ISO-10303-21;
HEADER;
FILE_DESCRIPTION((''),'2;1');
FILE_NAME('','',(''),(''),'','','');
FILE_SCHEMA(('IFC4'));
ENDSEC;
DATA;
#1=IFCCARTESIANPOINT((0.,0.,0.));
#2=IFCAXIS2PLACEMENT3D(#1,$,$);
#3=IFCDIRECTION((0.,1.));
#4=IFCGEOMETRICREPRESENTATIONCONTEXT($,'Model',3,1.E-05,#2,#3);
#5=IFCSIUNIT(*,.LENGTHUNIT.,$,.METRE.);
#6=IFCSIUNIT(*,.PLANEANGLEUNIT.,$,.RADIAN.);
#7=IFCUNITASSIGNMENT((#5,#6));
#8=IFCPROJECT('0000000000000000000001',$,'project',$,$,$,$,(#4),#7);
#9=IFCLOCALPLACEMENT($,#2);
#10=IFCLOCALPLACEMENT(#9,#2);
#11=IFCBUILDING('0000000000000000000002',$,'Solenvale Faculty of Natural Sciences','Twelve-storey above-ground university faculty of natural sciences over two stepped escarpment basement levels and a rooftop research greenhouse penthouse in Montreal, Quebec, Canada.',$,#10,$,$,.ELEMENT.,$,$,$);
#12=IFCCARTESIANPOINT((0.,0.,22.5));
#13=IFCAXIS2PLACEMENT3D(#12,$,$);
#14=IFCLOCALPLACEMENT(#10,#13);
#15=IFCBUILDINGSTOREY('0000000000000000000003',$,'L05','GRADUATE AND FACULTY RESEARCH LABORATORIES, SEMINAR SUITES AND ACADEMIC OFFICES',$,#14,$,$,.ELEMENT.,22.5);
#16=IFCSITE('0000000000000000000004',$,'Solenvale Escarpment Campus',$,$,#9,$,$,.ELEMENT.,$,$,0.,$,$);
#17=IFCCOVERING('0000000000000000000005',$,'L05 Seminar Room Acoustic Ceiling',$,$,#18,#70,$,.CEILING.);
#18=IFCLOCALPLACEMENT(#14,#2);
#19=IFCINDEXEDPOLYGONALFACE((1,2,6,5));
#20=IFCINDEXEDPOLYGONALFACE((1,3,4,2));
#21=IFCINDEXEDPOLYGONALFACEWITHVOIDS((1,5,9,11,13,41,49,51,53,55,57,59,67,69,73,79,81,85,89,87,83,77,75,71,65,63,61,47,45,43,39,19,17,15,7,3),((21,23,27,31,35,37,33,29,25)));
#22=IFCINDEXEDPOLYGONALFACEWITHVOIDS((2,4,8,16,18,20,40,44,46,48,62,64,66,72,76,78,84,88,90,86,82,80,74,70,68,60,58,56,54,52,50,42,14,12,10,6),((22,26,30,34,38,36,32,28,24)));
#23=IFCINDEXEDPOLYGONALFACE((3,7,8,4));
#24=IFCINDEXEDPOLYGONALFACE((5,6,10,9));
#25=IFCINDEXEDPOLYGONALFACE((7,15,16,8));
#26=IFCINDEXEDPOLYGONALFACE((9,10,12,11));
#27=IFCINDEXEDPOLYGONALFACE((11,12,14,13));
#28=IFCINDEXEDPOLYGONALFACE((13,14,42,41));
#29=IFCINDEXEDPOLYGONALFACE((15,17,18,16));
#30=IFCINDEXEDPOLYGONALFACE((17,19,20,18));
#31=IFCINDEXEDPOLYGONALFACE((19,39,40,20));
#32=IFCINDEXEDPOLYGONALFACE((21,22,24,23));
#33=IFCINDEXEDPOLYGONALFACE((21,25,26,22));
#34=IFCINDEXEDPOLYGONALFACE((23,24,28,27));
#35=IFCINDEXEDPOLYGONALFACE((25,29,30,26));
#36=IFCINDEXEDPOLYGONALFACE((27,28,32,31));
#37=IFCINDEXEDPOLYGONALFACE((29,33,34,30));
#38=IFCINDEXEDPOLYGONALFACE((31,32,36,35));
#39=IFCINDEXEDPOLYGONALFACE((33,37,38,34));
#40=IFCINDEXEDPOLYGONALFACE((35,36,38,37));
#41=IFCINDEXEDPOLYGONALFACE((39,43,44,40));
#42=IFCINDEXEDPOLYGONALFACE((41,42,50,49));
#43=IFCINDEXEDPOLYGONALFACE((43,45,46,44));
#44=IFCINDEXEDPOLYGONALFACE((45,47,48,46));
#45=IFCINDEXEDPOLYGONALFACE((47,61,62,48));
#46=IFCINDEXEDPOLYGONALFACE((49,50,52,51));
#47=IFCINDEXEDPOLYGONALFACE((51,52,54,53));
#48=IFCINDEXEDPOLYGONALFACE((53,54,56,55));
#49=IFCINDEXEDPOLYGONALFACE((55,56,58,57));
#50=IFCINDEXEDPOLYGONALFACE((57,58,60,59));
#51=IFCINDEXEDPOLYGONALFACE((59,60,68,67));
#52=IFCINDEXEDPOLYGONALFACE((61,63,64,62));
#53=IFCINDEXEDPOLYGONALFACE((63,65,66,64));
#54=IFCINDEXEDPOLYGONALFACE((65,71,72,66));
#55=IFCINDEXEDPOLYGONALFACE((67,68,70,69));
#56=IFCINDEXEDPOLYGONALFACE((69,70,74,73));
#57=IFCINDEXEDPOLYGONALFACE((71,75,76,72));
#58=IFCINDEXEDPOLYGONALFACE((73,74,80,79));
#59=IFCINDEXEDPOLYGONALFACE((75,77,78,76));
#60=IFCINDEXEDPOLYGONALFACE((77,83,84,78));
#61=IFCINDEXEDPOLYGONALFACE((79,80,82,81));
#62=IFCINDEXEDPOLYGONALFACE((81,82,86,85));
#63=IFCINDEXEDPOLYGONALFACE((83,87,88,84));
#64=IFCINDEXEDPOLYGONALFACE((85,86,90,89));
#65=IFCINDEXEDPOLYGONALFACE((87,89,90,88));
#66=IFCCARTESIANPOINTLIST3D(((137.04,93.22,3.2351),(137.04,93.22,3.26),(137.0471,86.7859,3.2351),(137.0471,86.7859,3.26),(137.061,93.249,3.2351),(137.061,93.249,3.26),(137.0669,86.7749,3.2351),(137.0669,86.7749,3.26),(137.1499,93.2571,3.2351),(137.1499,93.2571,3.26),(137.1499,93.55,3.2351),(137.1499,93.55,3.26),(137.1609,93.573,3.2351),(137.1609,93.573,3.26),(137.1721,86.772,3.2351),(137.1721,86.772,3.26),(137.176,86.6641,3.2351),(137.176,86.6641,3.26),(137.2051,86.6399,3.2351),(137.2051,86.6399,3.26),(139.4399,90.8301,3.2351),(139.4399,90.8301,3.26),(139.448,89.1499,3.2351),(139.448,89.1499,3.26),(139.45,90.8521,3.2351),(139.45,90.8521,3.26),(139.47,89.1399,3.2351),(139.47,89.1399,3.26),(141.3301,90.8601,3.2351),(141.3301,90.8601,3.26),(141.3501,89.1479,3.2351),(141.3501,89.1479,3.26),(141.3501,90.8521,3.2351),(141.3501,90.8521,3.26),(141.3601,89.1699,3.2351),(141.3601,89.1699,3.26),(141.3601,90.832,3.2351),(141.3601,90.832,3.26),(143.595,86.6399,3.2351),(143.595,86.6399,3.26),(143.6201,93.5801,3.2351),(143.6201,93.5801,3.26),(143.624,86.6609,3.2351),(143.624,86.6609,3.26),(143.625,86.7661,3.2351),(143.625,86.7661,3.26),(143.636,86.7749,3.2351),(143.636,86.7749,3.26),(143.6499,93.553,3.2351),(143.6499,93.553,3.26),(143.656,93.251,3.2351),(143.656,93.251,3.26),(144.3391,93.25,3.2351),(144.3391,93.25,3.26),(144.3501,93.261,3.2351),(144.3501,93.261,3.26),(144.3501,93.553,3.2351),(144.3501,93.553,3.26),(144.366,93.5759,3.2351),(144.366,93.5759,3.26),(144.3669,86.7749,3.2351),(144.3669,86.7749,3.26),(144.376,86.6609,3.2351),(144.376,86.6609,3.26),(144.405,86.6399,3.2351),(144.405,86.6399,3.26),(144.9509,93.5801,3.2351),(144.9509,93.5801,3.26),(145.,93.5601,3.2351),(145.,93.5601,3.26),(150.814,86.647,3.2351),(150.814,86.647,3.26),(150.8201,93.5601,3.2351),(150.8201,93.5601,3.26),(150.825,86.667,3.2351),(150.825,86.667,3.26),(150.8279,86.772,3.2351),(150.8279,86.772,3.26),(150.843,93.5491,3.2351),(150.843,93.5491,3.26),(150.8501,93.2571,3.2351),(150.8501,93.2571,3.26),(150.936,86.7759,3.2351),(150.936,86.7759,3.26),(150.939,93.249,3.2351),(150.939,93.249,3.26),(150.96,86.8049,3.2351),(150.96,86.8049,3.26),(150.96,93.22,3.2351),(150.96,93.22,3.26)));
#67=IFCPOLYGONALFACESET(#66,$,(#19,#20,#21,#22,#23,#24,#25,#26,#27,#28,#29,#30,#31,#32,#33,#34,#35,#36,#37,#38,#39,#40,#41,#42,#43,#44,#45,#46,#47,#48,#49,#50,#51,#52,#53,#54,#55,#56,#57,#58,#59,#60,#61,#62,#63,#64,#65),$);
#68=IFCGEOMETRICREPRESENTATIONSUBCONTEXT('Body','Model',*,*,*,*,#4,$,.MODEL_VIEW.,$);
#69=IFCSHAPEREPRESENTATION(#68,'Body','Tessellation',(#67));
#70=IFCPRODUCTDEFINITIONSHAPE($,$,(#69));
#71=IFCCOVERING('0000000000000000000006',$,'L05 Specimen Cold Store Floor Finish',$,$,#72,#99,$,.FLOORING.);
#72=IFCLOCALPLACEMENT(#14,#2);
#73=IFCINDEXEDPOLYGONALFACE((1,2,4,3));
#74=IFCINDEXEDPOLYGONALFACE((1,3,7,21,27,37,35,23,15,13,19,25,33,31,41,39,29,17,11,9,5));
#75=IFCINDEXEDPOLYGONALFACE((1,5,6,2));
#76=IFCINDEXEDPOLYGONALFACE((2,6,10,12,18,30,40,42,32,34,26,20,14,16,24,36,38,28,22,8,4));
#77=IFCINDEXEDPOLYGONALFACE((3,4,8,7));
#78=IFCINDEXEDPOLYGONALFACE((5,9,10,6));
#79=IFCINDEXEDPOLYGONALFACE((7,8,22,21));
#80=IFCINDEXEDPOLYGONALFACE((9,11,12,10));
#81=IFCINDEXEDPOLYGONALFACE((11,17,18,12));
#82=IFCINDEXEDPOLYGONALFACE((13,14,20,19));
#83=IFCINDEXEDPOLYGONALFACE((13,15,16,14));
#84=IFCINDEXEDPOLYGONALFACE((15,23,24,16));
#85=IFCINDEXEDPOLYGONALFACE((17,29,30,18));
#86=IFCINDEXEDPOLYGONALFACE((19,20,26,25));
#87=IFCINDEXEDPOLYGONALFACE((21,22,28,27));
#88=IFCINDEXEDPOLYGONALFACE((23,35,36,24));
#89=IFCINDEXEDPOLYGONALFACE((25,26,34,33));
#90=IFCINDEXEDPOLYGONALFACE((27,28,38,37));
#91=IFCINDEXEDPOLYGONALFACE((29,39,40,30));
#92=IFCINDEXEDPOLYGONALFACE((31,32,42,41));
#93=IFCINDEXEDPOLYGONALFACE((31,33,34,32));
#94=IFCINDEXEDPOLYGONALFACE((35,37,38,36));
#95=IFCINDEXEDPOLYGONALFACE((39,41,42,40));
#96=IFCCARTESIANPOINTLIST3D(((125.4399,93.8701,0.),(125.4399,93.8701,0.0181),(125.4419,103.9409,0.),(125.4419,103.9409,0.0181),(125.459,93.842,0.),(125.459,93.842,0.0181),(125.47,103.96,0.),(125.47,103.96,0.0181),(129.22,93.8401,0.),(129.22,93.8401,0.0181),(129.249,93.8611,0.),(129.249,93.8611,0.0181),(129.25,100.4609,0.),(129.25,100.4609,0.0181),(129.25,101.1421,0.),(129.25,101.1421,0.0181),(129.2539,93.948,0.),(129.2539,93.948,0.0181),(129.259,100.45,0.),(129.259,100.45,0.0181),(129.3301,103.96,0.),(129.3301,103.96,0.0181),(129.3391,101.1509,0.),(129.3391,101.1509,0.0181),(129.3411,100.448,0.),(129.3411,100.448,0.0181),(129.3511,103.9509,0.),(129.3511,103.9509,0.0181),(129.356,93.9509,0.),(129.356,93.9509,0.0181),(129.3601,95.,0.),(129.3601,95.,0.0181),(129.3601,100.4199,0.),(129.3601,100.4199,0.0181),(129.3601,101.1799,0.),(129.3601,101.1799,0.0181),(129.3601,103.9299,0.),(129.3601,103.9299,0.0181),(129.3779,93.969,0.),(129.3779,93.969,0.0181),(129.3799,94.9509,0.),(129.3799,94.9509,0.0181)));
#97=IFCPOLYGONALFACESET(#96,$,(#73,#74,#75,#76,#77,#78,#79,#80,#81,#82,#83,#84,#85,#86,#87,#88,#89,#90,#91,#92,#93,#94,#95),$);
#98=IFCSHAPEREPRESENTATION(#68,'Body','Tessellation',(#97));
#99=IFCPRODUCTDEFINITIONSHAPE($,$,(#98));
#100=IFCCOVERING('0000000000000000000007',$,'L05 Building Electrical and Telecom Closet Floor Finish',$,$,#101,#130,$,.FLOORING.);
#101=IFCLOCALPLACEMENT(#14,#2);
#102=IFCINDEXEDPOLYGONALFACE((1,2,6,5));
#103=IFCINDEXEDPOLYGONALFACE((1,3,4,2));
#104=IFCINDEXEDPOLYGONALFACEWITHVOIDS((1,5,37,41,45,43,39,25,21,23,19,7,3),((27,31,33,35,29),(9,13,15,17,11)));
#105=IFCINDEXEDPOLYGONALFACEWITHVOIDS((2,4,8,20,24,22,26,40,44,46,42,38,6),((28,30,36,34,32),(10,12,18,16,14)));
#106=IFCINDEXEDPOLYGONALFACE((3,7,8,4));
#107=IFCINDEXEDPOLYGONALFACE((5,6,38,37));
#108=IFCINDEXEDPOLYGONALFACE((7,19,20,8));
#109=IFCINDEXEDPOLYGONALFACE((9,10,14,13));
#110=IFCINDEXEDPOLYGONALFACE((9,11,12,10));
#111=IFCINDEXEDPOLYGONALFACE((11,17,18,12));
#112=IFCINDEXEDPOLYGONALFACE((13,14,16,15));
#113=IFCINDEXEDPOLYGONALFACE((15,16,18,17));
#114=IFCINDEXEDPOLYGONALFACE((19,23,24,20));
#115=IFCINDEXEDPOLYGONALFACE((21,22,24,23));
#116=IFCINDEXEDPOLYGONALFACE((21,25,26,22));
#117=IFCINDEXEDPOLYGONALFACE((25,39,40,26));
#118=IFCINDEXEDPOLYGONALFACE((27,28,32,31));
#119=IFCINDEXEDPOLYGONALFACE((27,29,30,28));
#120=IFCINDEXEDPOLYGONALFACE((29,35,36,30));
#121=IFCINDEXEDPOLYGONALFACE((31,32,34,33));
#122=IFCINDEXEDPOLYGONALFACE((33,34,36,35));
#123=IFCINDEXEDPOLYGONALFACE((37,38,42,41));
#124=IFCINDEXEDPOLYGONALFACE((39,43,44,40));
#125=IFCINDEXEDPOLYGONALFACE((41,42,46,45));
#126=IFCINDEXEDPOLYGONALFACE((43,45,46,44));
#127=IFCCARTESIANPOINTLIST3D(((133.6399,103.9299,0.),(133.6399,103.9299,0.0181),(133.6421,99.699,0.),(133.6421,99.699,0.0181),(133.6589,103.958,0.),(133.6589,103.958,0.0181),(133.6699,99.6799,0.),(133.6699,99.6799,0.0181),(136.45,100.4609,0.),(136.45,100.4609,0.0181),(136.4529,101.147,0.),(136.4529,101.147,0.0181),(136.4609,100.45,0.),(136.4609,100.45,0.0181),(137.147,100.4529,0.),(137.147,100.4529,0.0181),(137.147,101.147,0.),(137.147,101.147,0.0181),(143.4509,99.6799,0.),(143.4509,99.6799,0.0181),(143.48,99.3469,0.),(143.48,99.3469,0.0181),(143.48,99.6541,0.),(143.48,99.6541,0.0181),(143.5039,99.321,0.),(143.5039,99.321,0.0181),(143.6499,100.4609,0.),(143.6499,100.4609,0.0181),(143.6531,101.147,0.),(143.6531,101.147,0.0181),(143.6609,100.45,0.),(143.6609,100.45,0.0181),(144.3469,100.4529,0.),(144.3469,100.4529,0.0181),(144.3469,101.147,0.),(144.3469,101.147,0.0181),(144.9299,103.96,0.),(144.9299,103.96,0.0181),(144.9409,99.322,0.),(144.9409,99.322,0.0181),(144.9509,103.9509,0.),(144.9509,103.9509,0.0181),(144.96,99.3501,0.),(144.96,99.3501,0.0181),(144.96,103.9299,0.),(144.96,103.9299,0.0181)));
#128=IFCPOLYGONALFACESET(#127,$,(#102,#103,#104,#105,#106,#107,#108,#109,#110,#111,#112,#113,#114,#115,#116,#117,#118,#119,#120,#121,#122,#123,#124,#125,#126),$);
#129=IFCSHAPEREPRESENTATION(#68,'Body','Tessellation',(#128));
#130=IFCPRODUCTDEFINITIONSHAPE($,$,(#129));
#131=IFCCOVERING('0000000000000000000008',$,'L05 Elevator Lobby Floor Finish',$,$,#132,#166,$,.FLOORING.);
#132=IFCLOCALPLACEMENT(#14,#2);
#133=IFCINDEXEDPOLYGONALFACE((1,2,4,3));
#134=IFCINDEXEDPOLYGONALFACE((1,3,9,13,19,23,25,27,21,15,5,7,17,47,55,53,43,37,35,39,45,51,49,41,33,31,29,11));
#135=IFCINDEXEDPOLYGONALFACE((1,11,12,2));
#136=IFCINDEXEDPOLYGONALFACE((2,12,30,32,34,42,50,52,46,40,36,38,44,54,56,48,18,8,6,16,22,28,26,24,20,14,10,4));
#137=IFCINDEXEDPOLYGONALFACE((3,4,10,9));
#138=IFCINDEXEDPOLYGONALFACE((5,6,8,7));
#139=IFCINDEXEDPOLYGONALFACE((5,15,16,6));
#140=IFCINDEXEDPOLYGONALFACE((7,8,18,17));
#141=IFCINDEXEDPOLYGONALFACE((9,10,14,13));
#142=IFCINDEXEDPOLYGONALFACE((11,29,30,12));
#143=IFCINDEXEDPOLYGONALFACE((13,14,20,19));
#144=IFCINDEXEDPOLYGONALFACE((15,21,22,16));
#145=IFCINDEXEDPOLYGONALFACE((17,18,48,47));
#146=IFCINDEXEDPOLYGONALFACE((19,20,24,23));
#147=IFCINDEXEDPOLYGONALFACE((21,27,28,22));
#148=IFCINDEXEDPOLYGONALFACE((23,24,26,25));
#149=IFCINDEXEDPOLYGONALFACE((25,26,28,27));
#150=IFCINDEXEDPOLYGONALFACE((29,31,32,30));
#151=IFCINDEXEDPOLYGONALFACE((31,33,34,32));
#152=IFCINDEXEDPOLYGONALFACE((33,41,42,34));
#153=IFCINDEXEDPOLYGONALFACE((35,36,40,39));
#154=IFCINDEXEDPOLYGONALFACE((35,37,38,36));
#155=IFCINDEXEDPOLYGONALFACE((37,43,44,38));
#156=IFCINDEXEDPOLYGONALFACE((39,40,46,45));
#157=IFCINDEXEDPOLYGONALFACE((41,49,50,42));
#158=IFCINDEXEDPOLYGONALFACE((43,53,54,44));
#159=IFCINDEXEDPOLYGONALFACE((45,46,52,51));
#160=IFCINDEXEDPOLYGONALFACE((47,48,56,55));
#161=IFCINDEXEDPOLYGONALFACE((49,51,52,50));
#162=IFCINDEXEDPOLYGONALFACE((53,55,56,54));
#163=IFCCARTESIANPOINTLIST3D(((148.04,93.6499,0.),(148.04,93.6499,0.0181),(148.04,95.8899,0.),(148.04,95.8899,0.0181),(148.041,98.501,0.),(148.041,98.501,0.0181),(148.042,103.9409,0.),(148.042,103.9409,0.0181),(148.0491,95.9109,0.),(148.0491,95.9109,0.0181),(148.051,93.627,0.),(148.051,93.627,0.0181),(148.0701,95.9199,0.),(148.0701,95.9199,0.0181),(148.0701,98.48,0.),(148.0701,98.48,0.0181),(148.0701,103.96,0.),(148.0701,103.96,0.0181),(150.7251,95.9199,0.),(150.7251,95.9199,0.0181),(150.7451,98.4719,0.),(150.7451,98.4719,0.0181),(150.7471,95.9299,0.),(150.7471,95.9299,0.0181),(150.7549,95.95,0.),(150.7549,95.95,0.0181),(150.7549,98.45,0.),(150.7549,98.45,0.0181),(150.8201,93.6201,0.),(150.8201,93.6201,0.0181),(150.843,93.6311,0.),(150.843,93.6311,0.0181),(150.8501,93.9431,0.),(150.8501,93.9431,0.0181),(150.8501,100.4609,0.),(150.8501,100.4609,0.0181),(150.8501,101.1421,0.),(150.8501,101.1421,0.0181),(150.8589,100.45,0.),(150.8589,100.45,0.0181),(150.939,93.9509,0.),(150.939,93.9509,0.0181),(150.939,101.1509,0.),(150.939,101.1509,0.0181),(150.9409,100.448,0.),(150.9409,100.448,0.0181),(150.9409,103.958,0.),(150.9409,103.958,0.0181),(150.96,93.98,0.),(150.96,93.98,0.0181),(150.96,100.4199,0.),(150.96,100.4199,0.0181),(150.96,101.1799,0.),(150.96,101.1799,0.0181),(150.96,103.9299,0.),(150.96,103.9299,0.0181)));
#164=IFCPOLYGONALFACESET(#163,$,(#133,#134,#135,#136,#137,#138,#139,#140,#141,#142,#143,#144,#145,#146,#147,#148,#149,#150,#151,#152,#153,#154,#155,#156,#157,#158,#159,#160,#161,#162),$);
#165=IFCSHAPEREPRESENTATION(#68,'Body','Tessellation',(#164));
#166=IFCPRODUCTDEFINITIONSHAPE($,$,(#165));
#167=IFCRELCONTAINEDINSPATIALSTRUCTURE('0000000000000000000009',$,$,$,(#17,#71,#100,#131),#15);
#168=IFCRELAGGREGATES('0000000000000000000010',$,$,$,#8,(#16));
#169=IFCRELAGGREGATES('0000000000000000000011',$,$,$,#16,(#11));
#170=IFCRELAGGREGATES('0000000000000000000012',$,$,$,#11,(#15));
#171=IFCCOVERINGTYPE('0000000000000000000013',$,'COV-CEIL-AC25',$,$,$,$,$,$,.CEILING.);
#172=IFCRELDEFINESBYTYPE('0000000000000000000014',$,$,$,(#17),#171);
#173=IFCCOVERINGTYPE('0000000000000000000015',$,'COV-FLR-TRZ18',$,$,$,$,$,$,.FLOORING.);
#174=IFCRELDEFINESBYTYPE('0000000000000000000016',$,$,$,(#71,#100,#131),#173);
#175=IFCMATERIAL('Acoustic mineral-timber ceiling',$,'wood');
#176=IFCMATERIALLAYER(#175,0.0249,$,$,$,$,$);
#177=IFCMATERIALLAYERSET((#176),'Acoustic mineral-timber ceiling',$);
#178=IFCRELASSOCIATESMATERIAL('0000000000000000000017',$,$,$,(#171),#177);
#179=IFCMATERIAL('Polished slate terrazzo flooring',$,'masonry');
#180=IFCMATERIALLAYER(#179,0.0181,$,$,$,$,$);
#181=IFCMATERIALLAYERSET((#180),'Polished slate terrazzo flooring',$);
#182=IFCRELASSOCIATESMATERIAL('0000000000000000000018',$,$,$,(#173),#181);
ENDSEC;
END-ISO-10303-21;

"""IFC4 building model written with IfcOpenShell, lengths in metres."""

from ifc_helpers import new_model, si_unit, direction, frame, origin, place, context, subcontext, project, spatial, polyline, outline, extrude, material, layer, layer_set, type_object, element, save


model = new_model("IFC4")

# Units and contexts
model_context = context("Model", 3, precision=1e-05, world=origin(), true_north=direction((0.0, 1.0)))
body_context = subcontext(model_context, "Body", "Model", "MODEL_VIEW")
ifc_project = project(units=[si_unit("LENGTHUNIT", "METRE"), si_unit("PLANEANGLEUNIT", "RADIAN")], contexts=[model_context])

# Site, building, storey
site_placement = place(None, origin())
site = spatial("IfcSite", under=ifc_project, at=site_placement, Name="Solenvale Escarpment Campus", CompositionType="ELEMENT", RefElevation=0.0)
building_placement = place(site_placement, origin())
building = spatial("IfcBuilding", under=site, at=building_placement, Name="Solenvale Faculty of Natural Sciences", Description="Twelve-storey above-ground university faculty of natural sciences over two stepped escarpment basement levels and a rooftop research greenhouse penthouse in Montreal, Quebec, Canada.", CompositionType="ELEMENT")
storey_placement = place(building_placement, frame((0.0, 0.0, 22.5)))
storey = spatial("IfcBuildingStorey", under=building, at=storey_placement, Name="L05", Description="GRADUATE AND FACULTY RESEARCH LABORATORIES, SEMINAR SUITES AND ACADEMIC OFFICES", CompositionType="ELEMENT", Elevation=22.5)

# Coverings
ifc_material_1 = material(Name="Acoustic mineral-timber ceiling", Category="wood")
ifc_layer_1 = layer(ifc_material_1, 0.0249)
ifc_layer_set_1 = layer_set([ifc_layer_1], Name="Acoustic mineral-timber ceiling")
covering_type_1 = type_object("IfcCoveringType", Name="COV-CEIL-AC25", PredefinedType="CEILING", material=ifc_layer_set_1)
covering_1_placement = place(storey_placement, frame((0.0, 0.0, 3.2351)))
element("IfcCovering", 1, at=covering_1_placement, inside=storey, type_object=covering_type_1, Name="L05 Seminar Room Acoustic Ceiling", PredefinedType="CEILING", context=body_context, shape_type="SweptSolid", body=[
    extrude(outline(polyline([(144.9509, 93.5801), (145.0, 93.5601), (150.8201, 93.5601), (150.843, 93.5491), (150.8501, 93.2571), (150.939, 93.249), (150.96, 93.22), (150.96, 86.8049), (150.936, 86.7759), (150.8279, 86.772), (150.825, 86.667), (150.814, 86.647), (144.405, 86.6399), (144.376, 86.6609), (144.3669, 86.7749), (143.636, 86.7749), (143.625, 86.7661), (143.624, 86.6609), (143.595, 86.6399), (137.2051, 86.6399), (137.176, 86.6641), (137.1721, 86.772), (137.0669, 86.7749), (137.0471, 86.7859), (137.04, 93.22), (137.061, 93.249), (137.1499, 93.2571), (137.1499, 93.55), (137.1609, 93.573), (143.6201, 93.5801), (143.6499, 93.553), (143.656, 93.251), (144.3391, 93.25), (144.3501, 93.261), (144.3501, 93.553), (144.366, 93.5759), (144.9509, 93.5801)]), holes=[polyline([(141.3601, 90.832), (141.3501, 90.8521), (141.3301, 90.8601), (139.45, 90.8521), (139.4399, 90.8301), (139.448, 89.1499), (139.47, 89.1399), (141.3501, 89.1479), (141.3601, 89.1699), (141.3601, 90.832)])]), origin(), (0.0, 0.0, 1.0), 0.0249),
])
ifc_material_2 = material(Name="Polished slate terrazzo flooring", Category="masonry")
ifc_layer_2 = layer(ifc_material_2, 0.0181)
ifc_layer_set_2 = layer_set([ifc_layer_2], Name="Polished slate terrazzo flooring")
covering_type_2 = type_object("IfcCoveringType", Name="COV-FLR-TRZ18", PredefinedType="FLOORING", material=ifc_layer_set_2)
covering_2_placement = place(storey_placement, origin())
element("IfcCovering", 2, at=covering_2_placement, inside=storey, type_object=covering_type_2, Name="L05 Specimen Cold Store Floor Finish", PredefinedType="FLOORING", context=body_context, shape_type="SweptSolid", body=[
    extrude(outline(polyline([(129.3301, 103.96), (129.3511, 103.9509), (129.3601, 103.9299), (129.3601, 101.1799), (129.3391, 101.1509), (129.25, 101.1421), (129.25, 100.4609), (129.259, 100.45), (129.3411, 100.448), (129.3601, 100.4199), (129.3601, 95.0), (129.3799, 94.9509), (129.3779, 93.969), (129.356, 93.9509), (129.2539, 93.948), (129.249, 93.8611), (129.22, 93.8401), (125.459, 93.842), (125.4399, 93.8701), (125.4419, 103.9409), (125.47, 103.96), (129.3301, 103.96)])), origin(), (0.0, 0.0, 1.0), 0.0181),
])
covering_3_placement = place(storey_placement, origin())
element("IfcCovering", 3, at=covering_3_placement, inside=storey, type_object=covering_type_2, Name="L05 Building Electrical and Telecom Closet Floor Finish", PredefinedType="FLOORING", context=body_context, shape_type="SweptSolid", body=[
    extrude(outline(polyline([(144.9299, 103.96), (144.9509, 103.9509), (144.96, 103.9299), (144.96, 99.3501), (144.9409, 99.322), (143.5039, 99.321), (143.48, 99.3469), (143.48, 99.6541), (143.4509, 99.6799), (133.6699, 99.6799), (133.6421, 99.699), (133.6399, 103.9299), (133.6589, 103.958), (144.9299, 103.96)]), holes=[polyline([(143.6499, 100.4609), (143.6609, 100.45), (144.3469, 100.4529), (144.3469, 101.147), (143.6531, 101.147), (143.6499, 100.4609)]), polyline([(136.45, 100.4609), (136.4609, 100.45), (137.147, 100.4529), (137.147, 101.147), (136.4529, 101.147), (136.45, 100.4609)])]), origin(), (0.0, 0.0, 1.0), 0.0181),
])
covering_4_placement = place(storey_placement, origin())
element("IfcCovering", 4, at=covering_4_placement, inside=storey, type_object=covering_type_2, Name="L05 Elevator Lobby Floor Finish", PredefinedType="FLOORING", context=body_context, shape_type="SweptSolid", body=[
    extrude(outline(polyline([(148.04, 95.8899), (148.0491, 95.9109), (148.0701, 95.9199), (150.7251, 95.9199), (150.7471, 95.9299), (150.7549, 95.95), (150.7549, 98.45), (150.7451, 98.4719), (148.0701, 98.48), (148.041, 98.501), (148.042, 103.9409), (148.0701, 103.96), (150.9409, 103.958), (150.96, 103.9299), (150.96, 101.1799), (150.939, 101.1509), (150.8501, 101.1421), (150.8501, 100.4609), (150.8589, 100.45), (150.9409, 100.448), (150.96, 100.4199), (150.96, 93.98), (150.939, 93.9509), (150.8501, 93.9431), (150.843, 93.6311), (150.8201, 93.6201), (148.051, 93.627), (148.04, 93.6499), (148.04, 95.8899)])), origin(), (0.0, 0.0, 1.0), 0.0181),
])

save(model, "model.ifc")
